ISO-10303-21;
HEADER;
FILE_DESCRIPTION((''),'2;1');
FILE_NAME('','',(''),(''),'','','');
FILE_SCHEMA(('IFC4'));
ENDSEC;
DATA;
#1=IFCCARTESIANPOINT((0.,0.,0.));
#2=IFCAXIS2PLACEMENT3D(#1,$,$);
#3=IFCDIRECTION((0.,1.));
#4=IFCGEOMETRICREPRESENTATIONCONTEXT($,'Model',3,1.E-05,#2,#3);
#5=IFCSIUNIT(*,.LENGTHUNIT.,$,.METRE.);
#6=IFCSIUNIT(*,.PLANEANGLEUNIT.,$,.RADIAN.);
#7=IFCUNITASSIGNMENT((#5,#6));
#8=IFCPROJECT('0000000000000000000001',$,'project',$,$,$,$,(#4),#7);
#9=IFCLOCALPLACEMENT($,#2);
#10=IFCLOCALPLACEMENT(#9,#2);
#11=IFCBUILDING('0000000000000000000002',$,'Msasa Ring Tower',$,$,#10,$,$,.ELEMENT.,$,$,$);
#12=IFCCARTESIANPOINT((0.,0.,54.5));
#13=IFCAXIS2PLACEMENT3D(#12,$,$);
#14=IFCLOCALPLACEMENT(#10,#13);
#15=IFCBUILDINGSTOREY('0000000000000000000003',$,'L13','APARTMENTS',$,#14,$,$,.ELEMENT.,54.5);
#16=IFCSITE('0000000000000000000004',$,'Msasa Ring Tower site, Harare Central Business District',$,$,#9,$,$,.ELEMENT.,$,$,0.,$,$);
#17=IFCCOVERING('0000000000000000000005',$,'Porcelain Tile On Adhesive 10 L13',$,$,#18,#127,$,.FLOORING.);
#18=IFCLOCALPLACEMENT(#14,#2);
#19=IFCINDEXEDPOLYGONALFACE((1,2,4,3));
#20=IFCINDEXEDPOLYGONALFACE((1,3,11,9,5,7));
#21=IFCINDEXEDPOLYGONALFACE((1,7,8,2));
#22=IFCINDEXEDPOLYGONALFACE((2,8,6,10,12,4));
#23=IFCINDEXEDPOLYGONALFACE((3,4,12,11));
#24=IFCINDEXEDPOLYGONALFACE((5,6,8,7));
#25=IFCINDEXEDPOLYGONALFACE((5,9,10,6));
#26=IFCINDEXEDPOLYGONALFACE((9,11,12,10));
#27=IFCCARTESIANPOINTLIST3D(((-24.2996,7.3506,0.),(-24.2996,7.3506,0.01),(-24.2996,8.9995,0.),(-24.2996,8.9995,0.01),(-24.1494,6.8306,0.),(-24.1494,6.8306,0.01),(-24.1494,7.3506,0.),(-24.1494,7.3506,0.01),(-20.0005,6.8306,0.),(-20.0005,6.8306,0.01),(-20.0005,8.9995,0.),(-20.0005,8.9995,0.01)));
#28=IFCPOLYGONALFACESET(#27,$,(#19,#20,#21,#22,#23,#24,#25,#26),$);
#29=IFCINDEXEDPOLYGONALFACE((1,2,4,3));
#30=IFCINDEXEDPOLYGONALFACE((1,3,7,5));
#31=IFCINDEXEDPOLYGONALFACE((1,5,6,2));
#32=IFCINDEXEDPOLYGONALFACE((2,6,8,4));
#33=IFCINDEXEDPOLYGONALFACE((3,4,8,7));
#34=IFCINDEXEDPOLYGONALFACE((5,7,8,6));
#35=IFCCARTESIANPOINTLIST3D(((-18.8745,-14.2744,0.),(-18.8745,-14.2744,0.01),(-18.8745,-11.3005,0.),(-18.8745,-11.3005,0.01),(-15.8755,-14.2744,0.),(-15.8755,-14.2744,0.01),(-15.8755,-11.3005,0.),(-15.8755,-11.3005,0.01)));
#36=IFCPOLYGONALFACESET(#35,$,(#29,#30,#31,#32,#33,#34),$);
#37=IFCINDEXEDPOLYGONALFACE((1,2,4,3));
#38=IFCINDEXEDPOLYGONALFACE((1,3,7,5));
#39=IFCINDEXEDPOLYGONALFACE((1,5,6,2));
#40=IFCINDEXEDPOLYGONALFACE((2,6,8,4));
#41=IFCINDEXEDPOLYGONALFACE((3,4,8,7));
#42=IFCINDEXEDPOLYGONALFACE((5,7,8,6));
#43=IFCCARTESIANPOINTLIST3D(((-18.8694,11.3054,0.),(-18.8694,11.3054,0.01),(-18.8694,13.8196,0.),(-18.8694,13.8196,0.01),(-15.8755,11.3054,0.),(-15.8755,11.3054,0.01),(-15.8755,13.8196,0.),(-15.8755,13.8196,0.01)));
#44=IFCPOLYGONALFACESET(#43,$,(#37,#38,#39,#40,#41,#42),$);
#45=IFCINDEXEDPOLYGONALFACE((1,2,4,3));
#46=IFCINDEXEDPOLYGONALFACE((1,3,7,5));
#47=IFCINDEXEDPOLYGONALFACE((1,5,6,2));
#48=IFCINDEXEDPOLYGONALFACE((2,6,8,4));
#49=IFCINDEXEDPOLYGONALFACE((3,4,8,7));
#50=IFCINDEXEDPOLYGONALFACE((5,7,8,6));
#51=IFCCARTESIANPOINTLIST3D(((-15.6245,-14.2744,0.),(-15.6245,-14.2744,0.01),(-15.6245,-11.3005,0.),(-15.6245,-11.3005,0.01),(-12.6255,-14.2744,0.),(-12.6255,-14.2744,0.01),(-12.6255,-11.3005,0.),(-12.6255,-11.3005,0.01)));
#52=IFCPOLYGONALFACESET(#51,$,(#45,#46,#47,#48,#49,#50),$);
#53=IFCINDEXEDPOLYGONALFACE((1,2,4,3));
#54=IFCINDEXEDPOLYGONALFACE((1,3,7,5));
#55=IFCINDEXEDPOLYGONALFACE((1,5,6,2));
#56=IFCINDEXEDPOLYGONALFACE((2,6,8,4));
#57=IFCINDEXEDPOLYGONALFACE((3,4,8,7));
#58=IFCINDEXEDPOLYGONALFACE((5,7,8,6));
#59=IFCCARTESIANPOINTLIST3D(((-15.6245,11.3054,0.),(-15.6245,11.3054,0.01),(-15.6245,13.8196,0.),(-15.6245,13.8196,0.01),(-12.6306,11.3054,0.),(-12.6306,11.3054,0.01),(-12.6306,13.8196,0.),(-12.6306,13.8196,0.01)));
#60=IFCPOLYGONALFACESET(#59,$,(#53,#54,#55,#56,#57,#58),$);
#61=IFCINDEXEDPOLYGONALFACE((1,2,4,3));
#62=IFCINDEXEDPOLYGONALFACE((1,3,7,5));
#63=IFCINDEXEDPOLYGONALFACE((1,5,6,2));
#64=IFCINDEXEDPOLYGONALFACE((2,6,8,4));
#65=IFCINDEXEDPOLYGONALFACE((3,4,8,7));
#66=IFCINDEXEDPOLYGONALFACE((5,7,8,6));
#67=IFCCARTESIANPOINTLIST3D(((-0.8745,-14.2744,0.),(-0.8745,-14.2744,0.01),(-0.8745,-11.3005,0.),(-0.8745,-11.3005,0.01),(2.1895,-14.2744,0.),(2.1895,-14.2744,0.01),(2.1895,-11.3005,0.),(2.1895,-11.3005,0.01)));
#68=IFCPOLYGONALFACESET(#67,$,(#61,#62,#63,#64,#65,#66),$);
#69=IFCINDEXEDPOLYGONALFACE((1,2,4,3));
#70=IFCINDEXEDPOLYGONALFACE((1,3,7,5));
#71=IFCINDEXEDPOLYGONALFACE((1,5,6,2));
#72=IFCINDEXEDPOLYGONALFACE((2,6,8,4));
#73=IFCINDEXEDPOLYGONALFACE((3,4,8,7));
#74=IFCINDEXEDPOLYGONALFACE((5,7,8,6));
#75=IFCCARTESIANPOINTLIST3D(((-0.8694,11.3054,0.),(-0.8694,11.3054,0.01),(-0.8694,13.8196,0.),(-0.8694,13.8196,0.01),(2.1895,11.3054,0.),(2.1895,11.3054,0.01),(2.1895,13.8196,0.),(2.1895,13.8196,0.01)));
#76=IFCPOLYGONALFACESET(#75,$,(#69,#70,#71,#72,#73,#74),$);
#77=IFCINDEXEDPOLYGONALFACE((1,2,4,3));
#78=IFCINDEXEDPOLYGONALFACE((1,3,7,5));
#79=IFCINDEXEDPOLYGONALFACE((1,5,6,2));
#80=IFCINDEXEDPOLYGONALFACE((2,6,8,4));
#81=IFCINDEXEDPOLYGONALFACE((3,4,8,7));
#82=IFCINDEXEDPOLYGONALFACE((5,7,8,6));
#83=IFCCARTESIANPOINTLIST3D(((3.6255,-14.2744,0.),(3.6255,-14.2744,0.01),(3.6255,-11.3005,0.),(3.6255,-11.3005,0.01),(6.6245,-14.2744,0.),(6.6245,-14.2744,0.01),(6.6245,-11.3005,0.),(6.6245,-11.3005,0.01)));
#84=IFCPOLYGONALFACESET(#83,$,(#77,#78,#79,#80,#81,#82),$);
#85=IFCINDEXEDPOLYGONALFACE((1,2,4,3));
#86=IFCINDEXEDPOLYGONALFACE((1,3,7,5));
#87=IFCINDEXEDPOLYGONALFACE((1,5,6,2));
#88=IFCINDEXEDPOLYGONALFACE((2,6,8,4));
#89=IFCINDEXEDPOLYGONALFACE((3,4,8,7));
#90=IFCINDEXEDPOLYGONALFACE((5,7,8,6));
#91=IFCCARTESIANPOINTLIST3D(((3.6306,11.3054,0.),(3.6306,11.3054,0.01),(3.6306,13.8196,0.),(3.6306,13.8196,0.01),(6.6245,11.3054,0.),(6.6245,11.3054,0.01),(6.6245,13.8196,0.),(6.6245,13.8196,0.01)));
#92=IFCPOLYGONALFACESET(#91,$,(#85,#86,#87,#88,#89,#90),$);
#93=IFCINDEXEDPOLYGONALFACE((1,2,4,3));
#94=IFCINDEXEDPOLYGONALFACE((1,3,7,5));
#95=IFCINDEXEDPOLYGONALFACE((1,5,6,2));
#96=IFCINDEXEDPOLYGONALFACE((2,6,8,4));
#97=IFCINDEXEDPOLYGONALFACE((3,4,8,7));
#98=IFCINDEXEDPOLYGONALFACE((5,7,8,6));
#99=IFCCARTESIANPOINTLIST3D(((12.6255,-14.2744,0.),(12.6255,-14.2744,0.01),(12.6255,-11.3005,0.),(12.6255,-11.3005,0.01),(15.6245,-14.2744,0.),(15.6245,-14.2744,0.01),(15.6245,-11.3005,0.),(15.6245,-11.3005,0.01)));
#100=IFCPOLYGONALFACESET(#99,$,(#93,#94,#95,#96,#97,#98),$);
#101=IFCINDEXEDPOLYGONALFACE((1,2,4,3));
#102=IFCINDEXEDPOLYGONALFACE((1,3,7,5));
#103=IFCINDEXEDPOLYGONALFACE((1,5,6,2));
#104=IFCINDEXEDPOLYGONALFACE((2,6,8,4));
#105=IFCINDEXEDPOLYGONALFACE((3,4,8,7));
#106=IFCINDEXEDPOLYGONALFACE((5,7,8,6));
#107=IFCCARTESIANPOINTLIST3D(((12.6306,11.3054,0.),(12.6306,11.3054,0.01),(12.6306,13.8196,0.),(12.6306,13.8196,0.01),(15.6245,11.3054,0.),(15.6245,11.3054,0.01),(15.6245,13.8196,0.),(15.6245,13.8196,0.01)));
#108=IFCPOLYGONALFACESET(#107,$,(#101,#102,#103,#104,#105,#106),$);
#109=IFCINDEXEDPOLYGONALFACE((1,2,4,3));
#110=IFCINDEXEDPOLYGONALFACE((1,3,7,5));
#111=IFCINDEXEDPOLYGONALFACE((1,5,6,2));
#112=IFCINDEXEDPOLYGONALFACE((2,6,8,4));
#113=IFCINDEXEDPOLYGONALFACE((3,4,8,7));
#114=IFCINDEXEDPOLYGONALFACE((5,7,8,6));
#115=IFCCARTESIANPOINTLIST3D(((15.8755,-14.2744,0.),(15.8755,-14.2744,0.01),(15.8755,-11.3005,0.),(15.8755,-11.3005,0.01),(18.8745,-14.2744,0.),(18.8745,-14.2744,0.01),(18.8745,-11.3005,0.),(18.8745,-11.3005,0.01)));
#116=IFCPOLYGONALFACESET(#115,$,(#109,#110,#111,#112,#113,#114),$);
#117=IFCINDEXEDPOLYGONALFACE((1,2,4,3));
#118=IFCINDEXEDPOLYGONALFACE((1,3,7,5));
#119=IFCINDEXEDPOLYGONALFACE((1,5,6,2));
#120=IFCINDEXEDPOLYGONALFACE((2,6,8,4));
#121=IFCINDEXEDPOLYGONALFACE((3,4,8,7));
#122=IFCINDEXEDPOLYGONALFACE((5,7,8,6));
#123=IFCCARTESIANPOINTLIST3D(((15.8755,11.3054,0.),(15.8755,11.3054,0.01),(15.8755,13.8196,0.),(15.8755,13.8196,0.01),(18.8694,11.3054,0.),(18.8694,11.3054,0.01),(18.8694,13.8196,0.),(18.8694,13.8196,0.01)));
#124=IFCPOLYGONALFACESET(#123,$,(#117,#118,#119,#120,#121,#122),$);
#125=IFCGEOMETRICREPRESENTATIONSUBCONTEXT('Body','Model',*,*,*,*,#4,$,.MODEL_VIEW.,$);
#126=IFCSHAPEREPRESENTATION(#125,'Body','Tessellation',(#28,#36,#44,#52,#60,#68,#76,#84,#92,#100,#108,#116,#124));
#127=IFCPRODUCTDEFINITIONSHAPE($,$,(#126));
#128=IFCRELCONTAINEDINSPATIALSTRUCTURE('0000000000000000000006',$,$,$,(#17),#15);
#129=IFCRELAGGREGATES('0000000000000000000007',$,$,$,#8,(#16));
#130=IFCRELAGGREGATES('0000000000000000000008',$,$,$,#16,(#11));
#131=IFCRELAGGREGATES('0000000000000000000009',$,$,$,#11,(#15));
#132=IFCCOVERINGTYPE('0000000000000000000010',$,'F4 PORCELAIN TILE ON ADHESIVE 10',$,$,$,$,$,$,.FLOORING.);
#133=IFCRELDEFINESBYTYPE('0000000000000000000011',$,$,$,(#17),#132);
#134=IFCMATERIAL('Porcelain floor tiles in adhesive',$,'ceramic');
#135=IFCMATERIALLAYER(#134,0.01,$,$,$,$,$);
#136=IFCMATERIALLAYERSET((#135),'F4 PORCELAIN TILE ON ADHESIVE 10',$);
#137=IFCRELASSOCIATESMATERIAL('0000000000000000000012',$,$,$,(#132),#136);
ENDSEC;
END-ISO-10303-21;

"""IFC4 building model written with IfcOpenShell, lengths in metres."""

from ifc_helpers import new_model, si_unit, direction, frame, origin, place, context, subcontext, project, spatial, line, indexed_curve, outline, extrude, material, layer, layer_set, type_object, element, save


model = new_model("IFC4")

# Units and contexts
model_context = context("Model", 3, precision=1e-05, world=origin(), true_north=direction((0.0, 1.0)))
body_context = subcontext(model_context, "Body", "Model", "MODEL_VIEW")
ifc_project = project(units=[si_unit("LENGTHUNIT", "METRE"), si_unit("PLANEANGLEUNIT", "RADIAN")], contexts=[model_context])

# Site, building, storey
site_placement = place(None, origin())
site = spatial("IfcSite", under=ifc_project, at=site_placement, Name="Msasa Ring Tower site, Harare Central Business District", CompositionType="ELEMENT", RefElevation=0.0)
building_placement = place(site_placement, origin())
building = spatial("IfcBuilding", under=site, at=building_placement, Name="Msasa Ring Tower", CompositionType="ELEMENT")
storey_placement = place(building_placement, frame((0.0, 0.0, 54.5)))
storey = spatial("IfcBuildingStorey", under=building, at=storey_placement, Name="L13", Description="APARTMENTS", CompositionType="ELEMENT", Elevation=54.5)

# Covering
ifc_material_1 = material(Name="Porcelain floor tiles in adhesive", Category="ceramic")
ifc_layer_1 = layer(ifc_material_1, 0.01)
ifc_layer_set_1 = layer_set([ifc_layer_1], Name="F4 PORCELAIN TILE ON ADHESIVE 10")
covering_type_1 = type_object("IfcCoveringType", Name="F4 PORCELAIN TILE ON ADHESIVE 10", PredefinedType="FLOORING", material=ifc_layer_set_1)
covering_1_placement = place(storey_placement, origin())
element("IfcCovering", 1, at=covering_1_placement, inside=storey, type_object=covering_type_1, Name="Porcelain Tile On Adhesive 10 L13", PredefinedType="FLOORING", context=body_context, shape_type="SweptSolid", body=[
    extrude(outline(indexed_curve([(-20.0005, 6.8306), (-24.1494, 6.8306), (-24.1494, 7.3506), (-24.2996, 7.3506), (-24.2996, 8.9995), (-20.0005, 8.9995)], segments=[line(1, 2, 3, 4, 5, 6, 1)], self_intersect=False)), origin(), (0.0, 0.0, 1.0), 0.01),
    extrude(outline(indexed_curve([(-15.8755, -11.3005), (-15.8755, -14.2744), (-18.8745, -14.2744), (-18.8745, -11.3005)], segments=[line(1, 2, 3, 4, 1)], self_intersect=False)), origin(), (0.0, 0.0, 1.0), 0.01),
    extrude(outline(indexed_curve([(-15.8755, 13.8196), (-15.8755, 11.3054), (-18.8694, 11.3054), (-18.8694, 13.8196)], segments=[line(1, 2, 3, 4, 1)], self_intersect=False)), origin(), (0.0, 0.0, 1.0), 0.01),
    extrude(outline(indexed_curve([(-12.6255, -11.3005), (-12.6255, -14.2744), (-15.6245, -14.2744), (-15.6245, -11.3005)], segments=[line(1, 2, 3, 4, 1)], self_intersect=False)), origin(), (0.0, 0.0, 1.0), 0.01),
    extrude(outline(indexed_curve([(-12.6306, 13.8196), (-12.6306, 11.3054), (-15.6245, 11.3054), (-15.6245, 13.8196)], segments=[line(1, 2, 3, 4, 1)], self_intersect=False)), origin(), (0.0, 0.0, 1.0), 0.01),
    extrude(outline(indexed_curve([(2.1895, -11.3005), (2.1895, -14.2744), (-0.8745, -14.2744), (-0.8745, -11.3005)], segments=[line(1, 2, 3, 4, 1)], self_intersect=False)), origin(), (0.0, 0.0, 1.0), 0.01),
    extrude(outline(indexed_curve([(-0.8694, 13.8196), (2.1895, 13.8196), (2.1895, 11.3054), (-0.8694, 11.3054)], segments=[line(1, 2, 3, 4, 1)], self_intersect=False)), origin(), (0.0, 0.0, 1.0), 0.01),
    extrude(outline(indexed_curve([(6.6245, -11.3005), (6.6245, -14.2744), (3.6255, -14.2744), (3.6255, -11.3005)], segments=[line(1, 2, 3, 4, 1)], self_intersect=False)), origin(), (0.0, 0.0, 1.0), 0.01),
    extrude(outline(indexed_curve([(6.6245, 13.8196), (6.6245, 11.3054), (3.6306, 11.3054), (3.6306, 13.8196)], segments=[line(1, 2, 3, 4, 1)], self_intersect=False)), origin(), (0.0, 0.0, 1.0), 0.01),
    extrude(outline(indexed_curve([(15.6245, -11.3005), (15.6245, -14.2744), (12.6255, -14.2744), (12.6255, -11.3005)], segments=[line(1, 2, 3, 4, 1)], self_intersect=False)), origin(), (0.0, 0.0, 1.0), 0.01),
    extrude(outline(indexed_curve([(15.6245, 13.8196), (15.6245, 11.3054), (12.6306, 11.3054), (12.6306, 13.8196)], segments=[line(1, 2, 3, 4, 1)], self_intersect=False)), origin(), (0.0, 0.0, 1.0), 0.01),
    extrude(outline(indexed_curve([(18.8745, -11.3005), (18.8745, -14.2744), (15.8755, -14.2744), (15.8755, -11.3005)], segments=[line(1, 2, 3, 4, 1)], self_intersect=False)), origin(), (0.0, 0.0, 1.0), 0.01),
    extrude(outline(indexed_curve([(18.8694, 13.8196), (18.8694, 11.3054), (15.8755, 11.3054), (15.8755, 13.8196)], segments=[line(1, 2, 3, 4, 1)], self_intersect=False)), origin(), (0.0, 0.0, 1.0), 0.01),
])

save(model, "model.ifc")
